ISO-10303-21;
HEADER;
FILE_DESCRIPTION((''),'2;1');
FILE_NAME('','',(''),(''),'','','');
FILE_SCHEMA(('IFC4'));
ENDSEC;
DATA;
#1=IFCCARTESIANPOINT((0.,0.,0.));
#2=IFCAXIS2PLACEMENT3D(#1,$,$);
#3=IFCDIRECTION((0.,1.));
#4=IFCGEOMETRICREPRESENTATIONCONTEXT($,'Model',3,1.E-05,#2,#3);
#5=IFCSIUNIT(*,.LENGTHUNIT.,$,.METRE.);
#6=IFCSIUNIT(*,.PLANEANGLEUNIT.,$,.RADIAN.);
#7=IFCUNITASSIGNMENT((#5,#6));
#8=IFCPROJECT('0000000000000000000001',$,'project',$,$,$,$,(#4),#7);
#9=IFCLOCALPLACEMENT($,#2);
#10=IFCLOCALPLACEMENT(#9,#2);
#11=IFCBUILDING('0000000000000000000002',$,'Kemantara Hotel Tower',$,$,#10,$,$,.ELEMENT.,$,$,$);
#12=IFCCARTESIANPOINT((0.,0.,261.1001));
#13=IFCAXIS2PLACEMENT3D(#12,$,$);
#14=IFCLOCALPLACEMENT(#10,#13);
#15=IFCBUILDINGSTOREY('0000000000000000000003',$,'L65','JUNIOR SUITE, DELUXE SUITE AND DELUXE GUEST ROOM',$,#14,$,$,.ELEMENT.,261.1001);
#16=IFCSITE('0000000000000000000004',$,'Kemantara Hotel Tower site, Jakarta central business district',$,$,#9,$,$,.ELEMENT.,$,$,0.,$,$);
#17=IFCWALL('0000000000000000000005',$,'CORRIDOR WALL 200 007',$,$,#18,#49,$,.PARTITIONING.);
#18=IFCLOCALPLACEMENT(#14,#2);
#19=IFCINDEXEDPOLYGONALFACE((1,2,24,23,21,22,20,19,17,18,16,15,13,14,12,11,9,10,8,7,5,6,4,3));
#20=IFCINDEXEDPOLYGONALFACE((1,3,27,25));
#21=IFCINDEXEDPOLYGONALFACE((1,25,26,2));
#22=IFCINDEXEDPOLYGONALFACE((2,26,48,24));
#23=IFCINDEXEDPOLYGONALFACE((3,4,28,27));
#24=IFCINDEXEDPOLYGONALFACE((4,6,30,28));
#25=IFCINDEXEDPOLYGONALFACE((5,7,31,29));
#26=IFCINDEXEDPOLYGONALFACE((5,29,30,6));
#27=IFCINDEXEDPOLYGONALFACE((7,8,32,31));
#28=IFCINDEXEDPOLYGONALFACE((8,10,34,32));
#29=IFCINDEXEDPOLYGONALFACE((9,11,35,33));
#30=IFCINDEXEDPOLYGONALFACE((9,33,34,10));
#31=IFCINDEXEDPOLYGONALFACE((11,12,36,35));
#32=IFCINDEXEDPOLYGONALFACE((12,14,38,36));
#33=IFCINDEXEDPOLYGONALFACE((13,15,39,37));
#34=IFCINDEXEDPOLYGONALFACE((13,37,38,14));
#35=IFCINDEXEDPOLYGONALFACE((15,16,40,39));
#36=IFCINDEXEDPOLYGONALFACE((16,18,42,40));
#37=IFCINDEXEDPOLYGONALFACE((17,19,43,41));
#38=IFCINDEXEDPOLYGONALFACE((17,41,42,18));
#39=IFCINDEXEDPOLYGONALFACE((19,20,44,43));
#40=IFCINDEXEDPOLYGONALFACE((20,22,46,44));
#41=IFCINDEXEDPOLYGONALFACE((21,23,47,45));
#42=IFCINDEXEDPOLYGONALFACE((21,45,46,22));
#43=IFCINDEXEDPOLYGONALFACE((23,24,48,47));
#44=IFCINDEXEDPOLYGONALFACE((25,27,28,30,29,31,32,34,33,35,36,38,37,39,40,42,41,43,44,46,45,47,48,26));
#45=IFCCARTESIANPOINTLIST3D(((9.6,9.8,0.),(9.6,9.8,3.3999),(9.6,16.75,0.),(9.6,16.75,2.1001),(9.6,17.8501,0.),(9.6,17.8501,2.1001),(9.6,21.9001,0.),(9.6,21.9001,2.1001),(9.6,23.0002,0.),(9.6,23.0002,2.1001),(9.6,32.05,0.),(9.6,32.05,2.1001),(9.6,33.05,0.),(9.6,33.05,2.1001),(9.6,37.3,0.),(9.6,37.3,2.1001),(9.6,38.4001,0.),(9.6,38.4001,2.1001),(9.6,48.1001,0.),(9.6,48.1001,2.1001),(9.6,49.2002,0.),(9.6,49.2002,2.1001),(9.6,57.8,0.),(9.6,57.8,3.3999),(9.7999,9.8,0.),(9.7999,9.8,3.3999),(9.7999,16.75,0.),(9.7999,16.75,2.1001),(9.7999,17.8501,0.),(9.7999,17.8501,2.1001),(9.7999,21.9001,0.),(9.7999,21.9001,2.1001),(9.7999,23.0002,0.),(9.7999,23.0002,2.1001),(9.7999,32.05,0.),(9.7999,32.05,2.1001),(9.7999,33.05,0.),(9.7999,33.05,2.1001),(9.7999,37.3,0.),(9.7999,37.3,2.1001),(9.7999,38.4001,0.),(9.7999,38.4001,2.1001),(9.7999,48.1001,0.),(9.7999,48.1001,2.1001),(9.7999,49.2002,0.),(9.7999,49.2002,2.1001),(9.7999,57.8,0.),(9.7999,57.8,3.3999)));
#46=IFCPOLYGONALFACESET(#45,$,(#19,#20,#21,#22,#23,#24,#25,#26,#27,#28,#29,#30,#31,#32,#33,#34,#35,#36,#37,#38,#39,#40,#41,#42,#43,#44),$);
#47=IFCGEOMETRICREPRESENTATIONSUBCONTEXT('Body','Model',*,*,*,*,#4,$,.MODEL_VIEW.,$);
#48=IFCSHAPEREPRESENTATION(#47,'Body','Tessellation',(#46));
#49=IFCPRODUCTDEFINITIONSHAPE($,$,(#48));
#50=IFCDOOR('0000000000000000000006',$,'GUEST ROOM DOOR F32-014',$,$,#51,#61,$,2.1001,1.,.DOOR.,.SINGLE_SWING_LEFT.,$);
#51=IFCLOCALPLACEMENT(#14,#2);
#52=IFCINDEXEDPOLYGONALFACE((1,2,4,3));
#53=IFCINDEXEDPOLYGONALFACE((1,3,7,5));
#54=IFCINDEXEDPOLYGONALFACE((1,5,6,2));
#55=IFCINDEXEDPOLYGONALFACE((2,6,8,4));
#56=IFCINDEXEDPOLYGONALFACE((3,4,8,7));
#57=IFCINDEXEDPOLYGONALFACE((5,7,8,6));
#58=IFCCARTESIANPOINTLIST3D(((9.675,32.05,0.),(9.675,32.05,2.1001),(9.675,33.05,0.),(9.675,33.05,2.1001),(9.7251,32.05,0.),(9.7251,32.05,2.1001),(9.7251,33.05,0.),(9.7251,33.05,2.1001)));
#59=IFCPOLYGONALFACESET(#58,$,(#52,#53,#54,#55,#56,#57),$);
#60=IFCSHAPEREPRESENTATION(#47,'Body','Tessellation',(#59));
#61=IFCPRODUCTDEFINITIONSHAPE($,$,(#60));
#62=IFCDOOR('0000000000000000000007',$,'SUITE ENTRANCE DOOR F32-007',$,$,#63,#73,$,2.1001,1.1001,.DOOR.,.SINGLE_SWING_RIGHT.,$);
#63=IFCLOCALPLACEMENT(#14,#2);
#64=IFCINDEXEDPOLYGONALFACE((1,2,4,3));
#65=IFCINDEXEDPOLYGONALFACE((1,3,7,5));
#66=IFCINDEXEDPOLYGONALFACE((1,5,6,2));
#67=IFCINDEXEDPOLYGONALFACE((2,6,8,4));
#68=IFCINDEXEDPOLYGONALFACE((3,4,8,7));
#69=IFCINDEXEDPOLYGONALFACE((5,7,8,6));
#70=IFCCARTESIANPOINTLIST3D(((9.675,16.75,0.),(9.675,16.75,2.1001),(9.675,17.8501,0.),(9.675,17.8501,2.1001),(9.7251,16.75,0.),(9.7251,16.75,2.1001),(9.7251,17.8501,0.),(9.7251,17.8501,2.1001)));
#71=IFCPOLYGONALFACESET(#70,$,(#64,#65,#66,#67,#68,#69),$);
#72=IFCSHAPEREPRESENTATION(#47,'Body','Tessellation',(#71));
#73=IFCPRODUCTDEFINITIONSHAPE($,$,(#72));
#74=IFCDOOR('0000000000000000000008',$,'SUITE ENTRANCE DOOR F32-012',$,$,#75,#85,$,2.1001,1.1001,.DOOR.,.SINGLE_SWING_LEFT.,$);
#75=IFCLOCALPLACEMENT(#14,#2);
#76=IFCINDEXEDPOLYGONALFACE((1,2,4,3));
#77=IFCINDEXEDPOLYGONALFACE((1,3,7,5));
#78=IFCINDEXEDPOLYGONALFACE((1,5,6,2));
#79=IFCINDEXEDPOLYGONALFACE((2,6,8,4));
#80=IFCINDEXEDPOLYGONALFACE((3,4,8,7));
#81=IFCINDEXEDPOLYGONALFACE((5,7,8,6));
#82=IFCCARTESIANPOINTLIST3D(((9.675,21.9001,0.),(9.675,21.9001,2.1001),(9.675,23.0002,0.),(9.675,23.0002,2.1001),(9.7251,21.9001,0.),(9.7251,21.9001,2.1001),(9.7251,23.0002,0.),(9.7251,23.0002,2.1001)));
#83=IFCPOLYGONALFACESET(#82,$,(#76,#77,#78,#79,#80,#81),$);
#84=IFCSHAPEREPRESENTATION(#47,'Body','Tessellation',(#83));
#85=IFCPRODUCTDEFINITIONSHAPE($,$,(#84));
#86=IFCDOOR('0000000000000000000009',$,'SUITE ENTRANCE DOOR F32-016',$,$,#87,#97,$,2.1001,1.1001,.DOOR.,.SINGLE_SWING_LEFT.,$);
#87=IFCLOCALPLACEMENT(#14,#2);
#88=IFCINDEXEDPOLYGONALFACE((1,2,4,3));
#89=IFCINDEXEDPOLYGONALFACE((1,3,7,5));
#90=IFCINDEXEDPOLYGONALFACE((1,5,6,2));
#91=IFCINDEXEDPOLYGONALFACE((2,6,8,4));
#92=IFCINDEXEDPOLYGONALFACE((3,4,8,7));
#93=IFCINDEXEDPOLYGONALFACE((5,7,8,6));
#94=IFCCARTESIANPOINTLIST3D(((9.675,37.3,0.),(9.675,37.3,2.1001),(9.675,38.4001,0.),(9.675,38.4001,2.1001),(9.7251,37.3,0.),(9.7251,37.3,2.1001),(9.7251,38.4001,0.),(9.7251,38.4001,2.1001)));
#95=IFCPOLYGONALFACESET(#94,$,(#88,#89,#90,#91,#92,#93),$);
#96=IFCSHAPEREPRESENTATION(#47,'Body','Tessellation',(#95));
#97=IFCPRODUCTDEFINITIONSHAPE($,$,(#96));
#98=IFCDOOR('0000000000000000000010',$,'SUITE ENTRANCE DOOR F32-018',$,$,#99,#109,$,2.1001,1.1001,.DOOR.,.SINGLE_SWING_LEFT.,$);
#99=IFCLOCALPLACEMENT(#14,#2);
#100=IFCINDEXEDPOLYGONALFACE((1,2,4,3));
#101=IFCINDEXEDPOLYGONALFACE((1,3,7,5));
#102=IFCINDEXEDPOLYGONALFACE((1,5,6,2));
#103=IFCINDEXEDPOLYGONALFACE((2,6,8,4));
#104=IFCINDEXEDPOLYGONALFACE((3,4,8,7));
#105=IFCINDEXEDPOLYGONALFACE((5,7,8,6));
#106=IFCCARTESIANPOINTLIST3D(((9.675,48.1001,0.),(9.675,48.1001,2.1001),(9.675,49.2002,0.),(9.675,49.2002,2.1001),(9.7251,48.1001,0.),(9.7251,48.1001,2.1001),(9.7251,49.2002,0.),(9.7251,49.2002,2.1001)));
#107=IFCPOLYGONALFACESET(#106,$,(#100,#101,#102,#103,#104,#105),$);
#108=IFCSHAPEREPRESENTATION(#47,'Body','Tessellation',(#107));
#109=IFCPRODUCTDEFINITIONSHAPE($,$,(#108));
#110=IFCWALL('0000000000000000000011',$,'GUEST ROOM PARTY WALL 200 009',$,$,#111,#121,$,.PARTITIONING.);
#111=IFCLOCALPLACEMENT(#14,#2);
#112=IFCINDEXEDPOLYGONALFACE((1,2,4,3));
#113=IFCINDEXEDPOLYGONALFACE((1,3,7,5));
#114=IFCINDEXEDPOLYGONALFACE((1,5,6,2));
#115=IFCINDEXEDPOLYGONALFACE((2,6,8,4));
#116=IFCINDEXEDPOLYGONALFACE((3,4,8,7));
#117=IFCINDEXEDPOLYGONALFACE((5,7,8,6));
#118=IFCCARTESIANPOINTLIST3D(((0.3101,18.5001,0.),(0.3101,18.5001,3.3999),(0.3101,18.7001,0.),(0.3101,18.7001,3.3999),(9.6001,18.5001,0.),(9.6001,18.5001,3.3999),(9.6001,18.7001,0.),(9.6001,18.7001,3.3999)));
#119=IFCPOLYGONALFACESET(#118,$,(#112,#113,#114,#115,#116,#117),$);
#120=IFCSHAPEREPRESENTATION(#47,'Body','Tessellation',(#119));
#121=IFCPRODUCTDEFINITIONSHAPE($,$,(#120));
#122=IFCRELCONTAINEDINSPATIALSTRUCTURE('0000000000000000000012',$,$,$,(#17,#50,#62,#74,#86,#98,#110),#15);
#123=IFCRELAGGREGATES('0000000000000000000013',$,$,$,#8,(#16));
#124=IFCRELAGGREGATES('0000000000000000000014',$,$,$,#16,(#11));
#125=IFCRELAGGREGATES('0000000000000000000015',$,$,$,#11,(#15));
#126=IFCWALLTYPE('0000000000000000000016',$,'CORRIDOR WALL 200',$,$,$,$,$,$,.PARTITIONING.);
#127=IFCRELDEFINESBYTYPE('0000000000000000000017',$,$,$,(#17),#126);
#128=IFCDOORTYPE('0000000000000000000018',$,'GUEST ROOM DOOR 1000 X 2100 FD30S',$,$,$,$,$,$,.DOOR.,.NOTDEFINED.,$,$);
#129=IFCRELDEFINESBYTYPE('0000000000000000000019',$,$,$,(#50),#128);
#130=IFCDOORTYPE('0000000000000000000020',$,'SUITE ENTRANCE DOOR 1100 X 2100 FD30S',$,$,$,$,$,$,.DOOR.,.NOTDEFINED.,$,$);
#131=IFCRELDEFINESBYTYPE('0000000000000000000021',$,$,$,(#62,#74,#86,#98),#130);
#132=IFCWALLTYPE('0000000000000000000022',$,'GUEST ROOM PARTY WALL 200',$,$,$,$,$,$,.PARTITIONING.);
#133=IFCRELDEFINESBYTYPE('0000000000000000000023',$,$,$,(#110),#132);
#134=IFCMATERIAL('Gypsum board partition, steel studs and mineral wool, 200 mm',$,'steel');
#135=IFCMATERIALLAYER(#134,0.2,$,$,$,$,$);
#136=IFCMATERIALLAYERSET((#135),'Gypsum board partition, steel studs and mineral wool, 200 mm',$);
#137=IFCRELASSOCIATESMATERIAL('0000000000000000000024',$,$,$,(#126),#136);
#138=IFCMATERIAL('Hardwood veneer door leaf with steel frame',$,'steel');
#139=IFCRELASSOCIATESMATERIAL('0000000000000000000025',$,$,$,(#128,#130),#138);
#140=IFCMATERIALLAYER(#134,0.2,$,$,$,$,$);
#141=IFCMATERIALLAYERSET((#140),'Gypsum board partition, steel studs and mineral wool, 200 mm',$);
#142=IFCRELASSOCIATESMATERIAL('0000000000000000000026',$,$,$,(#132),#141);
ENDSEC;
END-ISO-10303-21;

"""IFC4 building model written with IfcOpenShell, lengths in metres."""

from ifc_helpers import new_model, si_unit, direction, frame, frame_2d, origin, place, context, subcontext, project, spatial, rectangle, extrude, material, layer, layer_set, type_object, element, fill, save


model = new_model("IFC4")

# Units and contexts
model_context = context("Model", 3, precision=1e-05, world=origin(), true_north=direction((0.0, 1.0)))
body_context = subcontext(model_context, "Body", "Model", "MODEL_VIEW")
ifc_project = project(units=[si_unit("LENGTHUNIT", "METRE"), si_unit("PLANEANGLEUNIT", "RADIAN")], contexts=[model_context])

# Site, building, storey
site_placement = place(None, origin())
site = spatial("IfcSite", under=ifc_project, at=site_placement, Name="Kemantara Hotel Tower site, Jakarta central business district", CompositionType="ELEMENT", RefElevation=0.0)
building_placement = place(site_placement, origin())
building = spatial("IfcBuilding", under=site, at=building_placement, Name="Kemantara Hotel Tower", CompositionType="ELEMENT")
storey_placement = place(building_placement, frame((0.0, 0.0, 261.1001)))
storey = spatial("IfcBuildingStorey", under=building, at=storey_placement, Name="L65", Description="JUNIOR SUITE, DELUXE SUITE AND DELUXE GUEST ROOM", CompositionType="ELEMENT", Elevation=261.1001)

# Wall, openings, doors
ifc_material_1 = material(Name="Gypsum board partition, steel studs and mineral wool, 200 mm", Category="steel")
ifc_layer_1 = layer(ifc_material_1, 0.2)
ifc_layer_set_1 = layer_set([ifc_layer_1], Name="Gypsum board partition, steel studs and mineral wool, 200 mm")
wall_type_1 = type_object("IfcWallType", Name="CORRIDOR WALL 200", PredefinedType="PARTITIONING", material=ifc_layer_set_1)
wall_1_placement = place(storey_placement, frame((9.7, 9.8, 0.0), z_axis=(0.0, 0.0, 1.0), x_axis=(0.0, 1.0, 0.0)))
wall_1 = element("IfcWall", 1, at=wall_1_placement, inside=storey, type_object=wall_type_1, Name="CORRIDOR WALL 200 007", PredefinedType="PARTITIONING", context=body_context, shape_type="SweptSolid", body=[
    extrude(rectangle(XDim=48.0, YDim=0.2, at=frame_2d((24.0, 0.0))), origin(), (0.0, 0.0, 1.0), 3.3999),
])
opening_1_placement = place(wall_1_placement, frame((6.95, 0.0, 0.0)))
opening_1 = element("IfcOpeningElement", 2, at=opening_1_placement, cuts=wall_1, PredefinedType="OPENING", context=body_context, shape_type="SweptSolid", body=[
    extrude(rectangle(XDim=1.1001, YDim=2.1001, at=frame_2d((0.55, 1.05))), frame((0.0, 0.1099, 0.0), z_axis=(0.0, -1.0, 0.0), x_axis=(1.0, 0.0, 0.0)), (0.0, 0.0, 1.0), 0.22),
])
opening_2_placement = place(wall_1_placement, frame((12.1001, 0.0, 0.0)))
opening_2 = element("IfcOpeningElement", 3, at=opening_2_placement, cuts=wall_1, PredefinedType="OPENING", context=body_context, shape_type="SweptSolid", body=[
    extrude(rectangle(XDim=1.1001, YDim=2.1001, at=frame_2d((0.55, 1.05))), frame((0.0, 0.1099, 0.0), z_axis=(0.0, -1.0, 0.0), x_axis=(1.0, 0.0, 0.0)), (0.0, 0.0, 1.0), 0.22),
])
opening_3_placement = place(wall_1_placement, frame((22.25, 0.0, 0.0)))
opening_3 = element("IfcOpeningElement", 4, at=opening_3_placement, cuts=wall_1, PredefinedType="OPENING", context=body_context, shape_type="SweptSolid", body=[
    extrude(rectangle(XDim=1.0, YDim=2.1001, at=frame_2d((0.5, 1.05))), frame((0.0, 0.1099, 0.0), z_axis=(0.0, -1.0, 0.0), x_axis=(1.0, 0.0, 0.0)), (0.0, 0.0, 1.0), 0.22),
])
opening_4_placement = place(wall_1_placement, frame((27.5, 0.0, 0.0)))
opening_4 = element("IfcOpeningElement", 5, at=opening_4_placement, cuts=wall_1, PredefinedType="OPENING", context=body_context, shape_type="SweptSolid", body=[
    extrude(rectangle(XDim=1.1001, YDim=2.1001, at=frame_2d((0.55, 1.05))), frame((0.0, 0.1099, 0.0), z_axis=(0.0, -1.0, 0.0), x_axis=(1.0, 0.0, 0.0)), (0.0, 0.0, 1.0), 0.22),
])
opening_5_placement = place(wall_1_placement, frame((38.3, 0.0, 0.0)))
opening_5 = element("IfcOpeningElement", 6, at=opening_5_placement, cuts=wall_1, PredefinedType="OPENING", context=body_context, shape_type="SweptSolid", body=[
    extrude(rectangle(XDim=1.1001, YDim=2.1001, at=frame_2d((0.55, 1.05))), frame((0.0, 0.1099, 0.0), z_axis=(0.0, -1.0, 0.0), x_axis=(1.0, 0.0, 0.0)), (0.0, 0.0, 1.0), 0.22),
])
ifc_material_2 = material(Name="Hardwood veneer door leaf with steel frame", Category="steel")
door_type_1 = type_object("IfcDoorType", Name="GUEST ROOM DOOR 1000 X 2100 FD30S", OperationType="NOTDEFINED", PredefinedType="DOOR", material=ifc_material_2)
door_1_placement = place(opening_3_placement, origin())
door_1 = element("IfcDoor", 7, at=door_1_placement, inside=storey, type_object=door_type_1, Name="GUEST ROOM DOOR F32-014", OperationType="SINGLE_SWING_LEFT", OverallHeight=2.1001, OverallWidth=1.0, PredefinedType="DOOR", context=body_context, shape_type="SweptSolid", body=[
    extrude(rectangle(XDim=1.0, YDim=2.1001, at=frame_2d((0.5, 1.05))), frame((0.0, 0.0249, 0.0), z_axis=(0.0, -1.0, 0.0), x_axis=(1.0, 0.0, 0.0)), (0.0, 0.0, 1.0), 0.05),
])
fill(opening_3, door_1)
door_type_2 = type_object("IfcDoorType", Name="SUITE ENTRANCE DOOR 1100 X 2100 FD30S", OperationType="NOTDEFINED", PredefinedType="DOOR", material=ifc_material_2)
door_2_placement = place(opening_1_placement, origin())
door_2 = element("IfcDoor", 8, at=door_2_placement, inside=storey, type_object=door_type_2, Name="SUITE ENTRANCE DOOR F32-007", OperationType="SINGLE_SWING_RIGHT", OverallHeight=2.1001, OverallWidth=1.1001, PredefinedType="DOOR", context=body_context, shape_type="SweptSolid", body=[
    extrude(rectangle(XDim=1.1001, YDim=2.1001, at=frame_2d((0.55, 1.05))), frame((0.0, 0.0249, 0.0), z_axis=(0.0, -1.0, 0.0), x_axis=(1.0, 0.0, 0.0)), (0.0, 0.0, 1.0), 0.05),
])
fill(opening_1, door_2)
door_3_placement = place(opening_2_placement, origin())
door_3 = element("IfcDoor", 9, at=door_3_placement, inside=storey, type_object=door_type_2, Name="SUITE ENTRANCE DOOR F32-012", OperationType="SINGLE_SWING_LEFT", OverallHeight=2.1001, OverallWidth=1.1001, PredefinedType="DOOR", context=body_context, shape_type="SweptSolid", body=[
    extrude(rectangle(XDim=1.1001, YDim=2.1001, at=frame_2d((0.55, 1.05))), frame((0.0, 0.0249, 0.0), z_axis=(0.0, -1.0, 0.0), x_axis=(1.0, 0.0, 0.0)), (0.0, 0.0, 1.0), 0.05),
])
fill(opening_2, door_3)
door_4_placement = place(opening_4_placement, origin())
door_4 = element("IfcDoor", 10, at=door_4_placement, inside=storey, type_object=door_type_2, Name="SUITE ENTRANCE DOOR F32-016", OperationType="SINGLE_SWING_LEFT", OverallHeight=2.1001, OverallWidth=1.1001, PredefinedType="DOOR", context=body_context, shape_type="SweptSolid", body=[
    extrude(rectangle(XDim=1.1001, YDim=2.1001, at=frame_2d((0.55, 1.05))), frame((0.0, 0.0249, 0.0), z_axis=(0.0, -1.0, 0.0), x_axis=(1.0, 0.0, 0.0)), (0.0, 0.0, 1.0), 0.05),
])
fill(opening_4, door_4)
door_5_placement = place(opening_5_placement, origin())
door_5 = element("IfcDoor", 11, at=door_5_placement, inside=storey, type_object=door_type_2, Name="SUITE ENTRANCE DOOR F32-018", OperationType="SINGLE_SWING_LEFT", OverallHeight=2.1001, OverallWidth=1.1001, PredefinedType="DOOR", context=body_context, shape_type="SweptSolid", body=[
    extrude(rectangle(XDim=1.1001, YDim=2.1001, at=frame_2d((0.55, 1.05))), frame((0.0, 0.0249, 0.0), z_axis=(0.0, -1.0, 0.0), x_axis=(1.0, 0.0, 0.0)), (0.0, 0.0, 1.0), 0.05),
])
fill(opening_5, door_5)

# Wall
ifc_layer_2 = layer(ifc_material_1, 0.2)
ifc_layer_set_2 = layer_set([ifc_layer_2], Name="Gypsum board partition, steel studs and mineral wool, 200 mm")
wall_type_2 = type_object("IfcWallType", Name="GUEST ROOM PARTY WALL 200", PredefinedType="PARTITIONING", material=ifc_layer_set_2)
wall_2_placement = place(storey_placement, frame((0.3101, 18.6001, 0.0), z_axis=(0.0, 0.0, 1.0), x_axis=(1.0, 0.0, 0.0)))
element("IfcWall", 12, at=wall_2_placement, inside=storey, type_object=wall_type_2, Name="GUEST ROOM PARTY WALL 200 009", PredefinedType="PARTITIONING", context=body_context, shape_type="SweptSolid", body=[
    extrude(rectangle(XDim=9.29, YDim=0.2, at=frame_2d((4.645, 0.0))), origin(), (0.0, 0.0, 1.0), 3.3999),
])

save(model, "model.ifc")
